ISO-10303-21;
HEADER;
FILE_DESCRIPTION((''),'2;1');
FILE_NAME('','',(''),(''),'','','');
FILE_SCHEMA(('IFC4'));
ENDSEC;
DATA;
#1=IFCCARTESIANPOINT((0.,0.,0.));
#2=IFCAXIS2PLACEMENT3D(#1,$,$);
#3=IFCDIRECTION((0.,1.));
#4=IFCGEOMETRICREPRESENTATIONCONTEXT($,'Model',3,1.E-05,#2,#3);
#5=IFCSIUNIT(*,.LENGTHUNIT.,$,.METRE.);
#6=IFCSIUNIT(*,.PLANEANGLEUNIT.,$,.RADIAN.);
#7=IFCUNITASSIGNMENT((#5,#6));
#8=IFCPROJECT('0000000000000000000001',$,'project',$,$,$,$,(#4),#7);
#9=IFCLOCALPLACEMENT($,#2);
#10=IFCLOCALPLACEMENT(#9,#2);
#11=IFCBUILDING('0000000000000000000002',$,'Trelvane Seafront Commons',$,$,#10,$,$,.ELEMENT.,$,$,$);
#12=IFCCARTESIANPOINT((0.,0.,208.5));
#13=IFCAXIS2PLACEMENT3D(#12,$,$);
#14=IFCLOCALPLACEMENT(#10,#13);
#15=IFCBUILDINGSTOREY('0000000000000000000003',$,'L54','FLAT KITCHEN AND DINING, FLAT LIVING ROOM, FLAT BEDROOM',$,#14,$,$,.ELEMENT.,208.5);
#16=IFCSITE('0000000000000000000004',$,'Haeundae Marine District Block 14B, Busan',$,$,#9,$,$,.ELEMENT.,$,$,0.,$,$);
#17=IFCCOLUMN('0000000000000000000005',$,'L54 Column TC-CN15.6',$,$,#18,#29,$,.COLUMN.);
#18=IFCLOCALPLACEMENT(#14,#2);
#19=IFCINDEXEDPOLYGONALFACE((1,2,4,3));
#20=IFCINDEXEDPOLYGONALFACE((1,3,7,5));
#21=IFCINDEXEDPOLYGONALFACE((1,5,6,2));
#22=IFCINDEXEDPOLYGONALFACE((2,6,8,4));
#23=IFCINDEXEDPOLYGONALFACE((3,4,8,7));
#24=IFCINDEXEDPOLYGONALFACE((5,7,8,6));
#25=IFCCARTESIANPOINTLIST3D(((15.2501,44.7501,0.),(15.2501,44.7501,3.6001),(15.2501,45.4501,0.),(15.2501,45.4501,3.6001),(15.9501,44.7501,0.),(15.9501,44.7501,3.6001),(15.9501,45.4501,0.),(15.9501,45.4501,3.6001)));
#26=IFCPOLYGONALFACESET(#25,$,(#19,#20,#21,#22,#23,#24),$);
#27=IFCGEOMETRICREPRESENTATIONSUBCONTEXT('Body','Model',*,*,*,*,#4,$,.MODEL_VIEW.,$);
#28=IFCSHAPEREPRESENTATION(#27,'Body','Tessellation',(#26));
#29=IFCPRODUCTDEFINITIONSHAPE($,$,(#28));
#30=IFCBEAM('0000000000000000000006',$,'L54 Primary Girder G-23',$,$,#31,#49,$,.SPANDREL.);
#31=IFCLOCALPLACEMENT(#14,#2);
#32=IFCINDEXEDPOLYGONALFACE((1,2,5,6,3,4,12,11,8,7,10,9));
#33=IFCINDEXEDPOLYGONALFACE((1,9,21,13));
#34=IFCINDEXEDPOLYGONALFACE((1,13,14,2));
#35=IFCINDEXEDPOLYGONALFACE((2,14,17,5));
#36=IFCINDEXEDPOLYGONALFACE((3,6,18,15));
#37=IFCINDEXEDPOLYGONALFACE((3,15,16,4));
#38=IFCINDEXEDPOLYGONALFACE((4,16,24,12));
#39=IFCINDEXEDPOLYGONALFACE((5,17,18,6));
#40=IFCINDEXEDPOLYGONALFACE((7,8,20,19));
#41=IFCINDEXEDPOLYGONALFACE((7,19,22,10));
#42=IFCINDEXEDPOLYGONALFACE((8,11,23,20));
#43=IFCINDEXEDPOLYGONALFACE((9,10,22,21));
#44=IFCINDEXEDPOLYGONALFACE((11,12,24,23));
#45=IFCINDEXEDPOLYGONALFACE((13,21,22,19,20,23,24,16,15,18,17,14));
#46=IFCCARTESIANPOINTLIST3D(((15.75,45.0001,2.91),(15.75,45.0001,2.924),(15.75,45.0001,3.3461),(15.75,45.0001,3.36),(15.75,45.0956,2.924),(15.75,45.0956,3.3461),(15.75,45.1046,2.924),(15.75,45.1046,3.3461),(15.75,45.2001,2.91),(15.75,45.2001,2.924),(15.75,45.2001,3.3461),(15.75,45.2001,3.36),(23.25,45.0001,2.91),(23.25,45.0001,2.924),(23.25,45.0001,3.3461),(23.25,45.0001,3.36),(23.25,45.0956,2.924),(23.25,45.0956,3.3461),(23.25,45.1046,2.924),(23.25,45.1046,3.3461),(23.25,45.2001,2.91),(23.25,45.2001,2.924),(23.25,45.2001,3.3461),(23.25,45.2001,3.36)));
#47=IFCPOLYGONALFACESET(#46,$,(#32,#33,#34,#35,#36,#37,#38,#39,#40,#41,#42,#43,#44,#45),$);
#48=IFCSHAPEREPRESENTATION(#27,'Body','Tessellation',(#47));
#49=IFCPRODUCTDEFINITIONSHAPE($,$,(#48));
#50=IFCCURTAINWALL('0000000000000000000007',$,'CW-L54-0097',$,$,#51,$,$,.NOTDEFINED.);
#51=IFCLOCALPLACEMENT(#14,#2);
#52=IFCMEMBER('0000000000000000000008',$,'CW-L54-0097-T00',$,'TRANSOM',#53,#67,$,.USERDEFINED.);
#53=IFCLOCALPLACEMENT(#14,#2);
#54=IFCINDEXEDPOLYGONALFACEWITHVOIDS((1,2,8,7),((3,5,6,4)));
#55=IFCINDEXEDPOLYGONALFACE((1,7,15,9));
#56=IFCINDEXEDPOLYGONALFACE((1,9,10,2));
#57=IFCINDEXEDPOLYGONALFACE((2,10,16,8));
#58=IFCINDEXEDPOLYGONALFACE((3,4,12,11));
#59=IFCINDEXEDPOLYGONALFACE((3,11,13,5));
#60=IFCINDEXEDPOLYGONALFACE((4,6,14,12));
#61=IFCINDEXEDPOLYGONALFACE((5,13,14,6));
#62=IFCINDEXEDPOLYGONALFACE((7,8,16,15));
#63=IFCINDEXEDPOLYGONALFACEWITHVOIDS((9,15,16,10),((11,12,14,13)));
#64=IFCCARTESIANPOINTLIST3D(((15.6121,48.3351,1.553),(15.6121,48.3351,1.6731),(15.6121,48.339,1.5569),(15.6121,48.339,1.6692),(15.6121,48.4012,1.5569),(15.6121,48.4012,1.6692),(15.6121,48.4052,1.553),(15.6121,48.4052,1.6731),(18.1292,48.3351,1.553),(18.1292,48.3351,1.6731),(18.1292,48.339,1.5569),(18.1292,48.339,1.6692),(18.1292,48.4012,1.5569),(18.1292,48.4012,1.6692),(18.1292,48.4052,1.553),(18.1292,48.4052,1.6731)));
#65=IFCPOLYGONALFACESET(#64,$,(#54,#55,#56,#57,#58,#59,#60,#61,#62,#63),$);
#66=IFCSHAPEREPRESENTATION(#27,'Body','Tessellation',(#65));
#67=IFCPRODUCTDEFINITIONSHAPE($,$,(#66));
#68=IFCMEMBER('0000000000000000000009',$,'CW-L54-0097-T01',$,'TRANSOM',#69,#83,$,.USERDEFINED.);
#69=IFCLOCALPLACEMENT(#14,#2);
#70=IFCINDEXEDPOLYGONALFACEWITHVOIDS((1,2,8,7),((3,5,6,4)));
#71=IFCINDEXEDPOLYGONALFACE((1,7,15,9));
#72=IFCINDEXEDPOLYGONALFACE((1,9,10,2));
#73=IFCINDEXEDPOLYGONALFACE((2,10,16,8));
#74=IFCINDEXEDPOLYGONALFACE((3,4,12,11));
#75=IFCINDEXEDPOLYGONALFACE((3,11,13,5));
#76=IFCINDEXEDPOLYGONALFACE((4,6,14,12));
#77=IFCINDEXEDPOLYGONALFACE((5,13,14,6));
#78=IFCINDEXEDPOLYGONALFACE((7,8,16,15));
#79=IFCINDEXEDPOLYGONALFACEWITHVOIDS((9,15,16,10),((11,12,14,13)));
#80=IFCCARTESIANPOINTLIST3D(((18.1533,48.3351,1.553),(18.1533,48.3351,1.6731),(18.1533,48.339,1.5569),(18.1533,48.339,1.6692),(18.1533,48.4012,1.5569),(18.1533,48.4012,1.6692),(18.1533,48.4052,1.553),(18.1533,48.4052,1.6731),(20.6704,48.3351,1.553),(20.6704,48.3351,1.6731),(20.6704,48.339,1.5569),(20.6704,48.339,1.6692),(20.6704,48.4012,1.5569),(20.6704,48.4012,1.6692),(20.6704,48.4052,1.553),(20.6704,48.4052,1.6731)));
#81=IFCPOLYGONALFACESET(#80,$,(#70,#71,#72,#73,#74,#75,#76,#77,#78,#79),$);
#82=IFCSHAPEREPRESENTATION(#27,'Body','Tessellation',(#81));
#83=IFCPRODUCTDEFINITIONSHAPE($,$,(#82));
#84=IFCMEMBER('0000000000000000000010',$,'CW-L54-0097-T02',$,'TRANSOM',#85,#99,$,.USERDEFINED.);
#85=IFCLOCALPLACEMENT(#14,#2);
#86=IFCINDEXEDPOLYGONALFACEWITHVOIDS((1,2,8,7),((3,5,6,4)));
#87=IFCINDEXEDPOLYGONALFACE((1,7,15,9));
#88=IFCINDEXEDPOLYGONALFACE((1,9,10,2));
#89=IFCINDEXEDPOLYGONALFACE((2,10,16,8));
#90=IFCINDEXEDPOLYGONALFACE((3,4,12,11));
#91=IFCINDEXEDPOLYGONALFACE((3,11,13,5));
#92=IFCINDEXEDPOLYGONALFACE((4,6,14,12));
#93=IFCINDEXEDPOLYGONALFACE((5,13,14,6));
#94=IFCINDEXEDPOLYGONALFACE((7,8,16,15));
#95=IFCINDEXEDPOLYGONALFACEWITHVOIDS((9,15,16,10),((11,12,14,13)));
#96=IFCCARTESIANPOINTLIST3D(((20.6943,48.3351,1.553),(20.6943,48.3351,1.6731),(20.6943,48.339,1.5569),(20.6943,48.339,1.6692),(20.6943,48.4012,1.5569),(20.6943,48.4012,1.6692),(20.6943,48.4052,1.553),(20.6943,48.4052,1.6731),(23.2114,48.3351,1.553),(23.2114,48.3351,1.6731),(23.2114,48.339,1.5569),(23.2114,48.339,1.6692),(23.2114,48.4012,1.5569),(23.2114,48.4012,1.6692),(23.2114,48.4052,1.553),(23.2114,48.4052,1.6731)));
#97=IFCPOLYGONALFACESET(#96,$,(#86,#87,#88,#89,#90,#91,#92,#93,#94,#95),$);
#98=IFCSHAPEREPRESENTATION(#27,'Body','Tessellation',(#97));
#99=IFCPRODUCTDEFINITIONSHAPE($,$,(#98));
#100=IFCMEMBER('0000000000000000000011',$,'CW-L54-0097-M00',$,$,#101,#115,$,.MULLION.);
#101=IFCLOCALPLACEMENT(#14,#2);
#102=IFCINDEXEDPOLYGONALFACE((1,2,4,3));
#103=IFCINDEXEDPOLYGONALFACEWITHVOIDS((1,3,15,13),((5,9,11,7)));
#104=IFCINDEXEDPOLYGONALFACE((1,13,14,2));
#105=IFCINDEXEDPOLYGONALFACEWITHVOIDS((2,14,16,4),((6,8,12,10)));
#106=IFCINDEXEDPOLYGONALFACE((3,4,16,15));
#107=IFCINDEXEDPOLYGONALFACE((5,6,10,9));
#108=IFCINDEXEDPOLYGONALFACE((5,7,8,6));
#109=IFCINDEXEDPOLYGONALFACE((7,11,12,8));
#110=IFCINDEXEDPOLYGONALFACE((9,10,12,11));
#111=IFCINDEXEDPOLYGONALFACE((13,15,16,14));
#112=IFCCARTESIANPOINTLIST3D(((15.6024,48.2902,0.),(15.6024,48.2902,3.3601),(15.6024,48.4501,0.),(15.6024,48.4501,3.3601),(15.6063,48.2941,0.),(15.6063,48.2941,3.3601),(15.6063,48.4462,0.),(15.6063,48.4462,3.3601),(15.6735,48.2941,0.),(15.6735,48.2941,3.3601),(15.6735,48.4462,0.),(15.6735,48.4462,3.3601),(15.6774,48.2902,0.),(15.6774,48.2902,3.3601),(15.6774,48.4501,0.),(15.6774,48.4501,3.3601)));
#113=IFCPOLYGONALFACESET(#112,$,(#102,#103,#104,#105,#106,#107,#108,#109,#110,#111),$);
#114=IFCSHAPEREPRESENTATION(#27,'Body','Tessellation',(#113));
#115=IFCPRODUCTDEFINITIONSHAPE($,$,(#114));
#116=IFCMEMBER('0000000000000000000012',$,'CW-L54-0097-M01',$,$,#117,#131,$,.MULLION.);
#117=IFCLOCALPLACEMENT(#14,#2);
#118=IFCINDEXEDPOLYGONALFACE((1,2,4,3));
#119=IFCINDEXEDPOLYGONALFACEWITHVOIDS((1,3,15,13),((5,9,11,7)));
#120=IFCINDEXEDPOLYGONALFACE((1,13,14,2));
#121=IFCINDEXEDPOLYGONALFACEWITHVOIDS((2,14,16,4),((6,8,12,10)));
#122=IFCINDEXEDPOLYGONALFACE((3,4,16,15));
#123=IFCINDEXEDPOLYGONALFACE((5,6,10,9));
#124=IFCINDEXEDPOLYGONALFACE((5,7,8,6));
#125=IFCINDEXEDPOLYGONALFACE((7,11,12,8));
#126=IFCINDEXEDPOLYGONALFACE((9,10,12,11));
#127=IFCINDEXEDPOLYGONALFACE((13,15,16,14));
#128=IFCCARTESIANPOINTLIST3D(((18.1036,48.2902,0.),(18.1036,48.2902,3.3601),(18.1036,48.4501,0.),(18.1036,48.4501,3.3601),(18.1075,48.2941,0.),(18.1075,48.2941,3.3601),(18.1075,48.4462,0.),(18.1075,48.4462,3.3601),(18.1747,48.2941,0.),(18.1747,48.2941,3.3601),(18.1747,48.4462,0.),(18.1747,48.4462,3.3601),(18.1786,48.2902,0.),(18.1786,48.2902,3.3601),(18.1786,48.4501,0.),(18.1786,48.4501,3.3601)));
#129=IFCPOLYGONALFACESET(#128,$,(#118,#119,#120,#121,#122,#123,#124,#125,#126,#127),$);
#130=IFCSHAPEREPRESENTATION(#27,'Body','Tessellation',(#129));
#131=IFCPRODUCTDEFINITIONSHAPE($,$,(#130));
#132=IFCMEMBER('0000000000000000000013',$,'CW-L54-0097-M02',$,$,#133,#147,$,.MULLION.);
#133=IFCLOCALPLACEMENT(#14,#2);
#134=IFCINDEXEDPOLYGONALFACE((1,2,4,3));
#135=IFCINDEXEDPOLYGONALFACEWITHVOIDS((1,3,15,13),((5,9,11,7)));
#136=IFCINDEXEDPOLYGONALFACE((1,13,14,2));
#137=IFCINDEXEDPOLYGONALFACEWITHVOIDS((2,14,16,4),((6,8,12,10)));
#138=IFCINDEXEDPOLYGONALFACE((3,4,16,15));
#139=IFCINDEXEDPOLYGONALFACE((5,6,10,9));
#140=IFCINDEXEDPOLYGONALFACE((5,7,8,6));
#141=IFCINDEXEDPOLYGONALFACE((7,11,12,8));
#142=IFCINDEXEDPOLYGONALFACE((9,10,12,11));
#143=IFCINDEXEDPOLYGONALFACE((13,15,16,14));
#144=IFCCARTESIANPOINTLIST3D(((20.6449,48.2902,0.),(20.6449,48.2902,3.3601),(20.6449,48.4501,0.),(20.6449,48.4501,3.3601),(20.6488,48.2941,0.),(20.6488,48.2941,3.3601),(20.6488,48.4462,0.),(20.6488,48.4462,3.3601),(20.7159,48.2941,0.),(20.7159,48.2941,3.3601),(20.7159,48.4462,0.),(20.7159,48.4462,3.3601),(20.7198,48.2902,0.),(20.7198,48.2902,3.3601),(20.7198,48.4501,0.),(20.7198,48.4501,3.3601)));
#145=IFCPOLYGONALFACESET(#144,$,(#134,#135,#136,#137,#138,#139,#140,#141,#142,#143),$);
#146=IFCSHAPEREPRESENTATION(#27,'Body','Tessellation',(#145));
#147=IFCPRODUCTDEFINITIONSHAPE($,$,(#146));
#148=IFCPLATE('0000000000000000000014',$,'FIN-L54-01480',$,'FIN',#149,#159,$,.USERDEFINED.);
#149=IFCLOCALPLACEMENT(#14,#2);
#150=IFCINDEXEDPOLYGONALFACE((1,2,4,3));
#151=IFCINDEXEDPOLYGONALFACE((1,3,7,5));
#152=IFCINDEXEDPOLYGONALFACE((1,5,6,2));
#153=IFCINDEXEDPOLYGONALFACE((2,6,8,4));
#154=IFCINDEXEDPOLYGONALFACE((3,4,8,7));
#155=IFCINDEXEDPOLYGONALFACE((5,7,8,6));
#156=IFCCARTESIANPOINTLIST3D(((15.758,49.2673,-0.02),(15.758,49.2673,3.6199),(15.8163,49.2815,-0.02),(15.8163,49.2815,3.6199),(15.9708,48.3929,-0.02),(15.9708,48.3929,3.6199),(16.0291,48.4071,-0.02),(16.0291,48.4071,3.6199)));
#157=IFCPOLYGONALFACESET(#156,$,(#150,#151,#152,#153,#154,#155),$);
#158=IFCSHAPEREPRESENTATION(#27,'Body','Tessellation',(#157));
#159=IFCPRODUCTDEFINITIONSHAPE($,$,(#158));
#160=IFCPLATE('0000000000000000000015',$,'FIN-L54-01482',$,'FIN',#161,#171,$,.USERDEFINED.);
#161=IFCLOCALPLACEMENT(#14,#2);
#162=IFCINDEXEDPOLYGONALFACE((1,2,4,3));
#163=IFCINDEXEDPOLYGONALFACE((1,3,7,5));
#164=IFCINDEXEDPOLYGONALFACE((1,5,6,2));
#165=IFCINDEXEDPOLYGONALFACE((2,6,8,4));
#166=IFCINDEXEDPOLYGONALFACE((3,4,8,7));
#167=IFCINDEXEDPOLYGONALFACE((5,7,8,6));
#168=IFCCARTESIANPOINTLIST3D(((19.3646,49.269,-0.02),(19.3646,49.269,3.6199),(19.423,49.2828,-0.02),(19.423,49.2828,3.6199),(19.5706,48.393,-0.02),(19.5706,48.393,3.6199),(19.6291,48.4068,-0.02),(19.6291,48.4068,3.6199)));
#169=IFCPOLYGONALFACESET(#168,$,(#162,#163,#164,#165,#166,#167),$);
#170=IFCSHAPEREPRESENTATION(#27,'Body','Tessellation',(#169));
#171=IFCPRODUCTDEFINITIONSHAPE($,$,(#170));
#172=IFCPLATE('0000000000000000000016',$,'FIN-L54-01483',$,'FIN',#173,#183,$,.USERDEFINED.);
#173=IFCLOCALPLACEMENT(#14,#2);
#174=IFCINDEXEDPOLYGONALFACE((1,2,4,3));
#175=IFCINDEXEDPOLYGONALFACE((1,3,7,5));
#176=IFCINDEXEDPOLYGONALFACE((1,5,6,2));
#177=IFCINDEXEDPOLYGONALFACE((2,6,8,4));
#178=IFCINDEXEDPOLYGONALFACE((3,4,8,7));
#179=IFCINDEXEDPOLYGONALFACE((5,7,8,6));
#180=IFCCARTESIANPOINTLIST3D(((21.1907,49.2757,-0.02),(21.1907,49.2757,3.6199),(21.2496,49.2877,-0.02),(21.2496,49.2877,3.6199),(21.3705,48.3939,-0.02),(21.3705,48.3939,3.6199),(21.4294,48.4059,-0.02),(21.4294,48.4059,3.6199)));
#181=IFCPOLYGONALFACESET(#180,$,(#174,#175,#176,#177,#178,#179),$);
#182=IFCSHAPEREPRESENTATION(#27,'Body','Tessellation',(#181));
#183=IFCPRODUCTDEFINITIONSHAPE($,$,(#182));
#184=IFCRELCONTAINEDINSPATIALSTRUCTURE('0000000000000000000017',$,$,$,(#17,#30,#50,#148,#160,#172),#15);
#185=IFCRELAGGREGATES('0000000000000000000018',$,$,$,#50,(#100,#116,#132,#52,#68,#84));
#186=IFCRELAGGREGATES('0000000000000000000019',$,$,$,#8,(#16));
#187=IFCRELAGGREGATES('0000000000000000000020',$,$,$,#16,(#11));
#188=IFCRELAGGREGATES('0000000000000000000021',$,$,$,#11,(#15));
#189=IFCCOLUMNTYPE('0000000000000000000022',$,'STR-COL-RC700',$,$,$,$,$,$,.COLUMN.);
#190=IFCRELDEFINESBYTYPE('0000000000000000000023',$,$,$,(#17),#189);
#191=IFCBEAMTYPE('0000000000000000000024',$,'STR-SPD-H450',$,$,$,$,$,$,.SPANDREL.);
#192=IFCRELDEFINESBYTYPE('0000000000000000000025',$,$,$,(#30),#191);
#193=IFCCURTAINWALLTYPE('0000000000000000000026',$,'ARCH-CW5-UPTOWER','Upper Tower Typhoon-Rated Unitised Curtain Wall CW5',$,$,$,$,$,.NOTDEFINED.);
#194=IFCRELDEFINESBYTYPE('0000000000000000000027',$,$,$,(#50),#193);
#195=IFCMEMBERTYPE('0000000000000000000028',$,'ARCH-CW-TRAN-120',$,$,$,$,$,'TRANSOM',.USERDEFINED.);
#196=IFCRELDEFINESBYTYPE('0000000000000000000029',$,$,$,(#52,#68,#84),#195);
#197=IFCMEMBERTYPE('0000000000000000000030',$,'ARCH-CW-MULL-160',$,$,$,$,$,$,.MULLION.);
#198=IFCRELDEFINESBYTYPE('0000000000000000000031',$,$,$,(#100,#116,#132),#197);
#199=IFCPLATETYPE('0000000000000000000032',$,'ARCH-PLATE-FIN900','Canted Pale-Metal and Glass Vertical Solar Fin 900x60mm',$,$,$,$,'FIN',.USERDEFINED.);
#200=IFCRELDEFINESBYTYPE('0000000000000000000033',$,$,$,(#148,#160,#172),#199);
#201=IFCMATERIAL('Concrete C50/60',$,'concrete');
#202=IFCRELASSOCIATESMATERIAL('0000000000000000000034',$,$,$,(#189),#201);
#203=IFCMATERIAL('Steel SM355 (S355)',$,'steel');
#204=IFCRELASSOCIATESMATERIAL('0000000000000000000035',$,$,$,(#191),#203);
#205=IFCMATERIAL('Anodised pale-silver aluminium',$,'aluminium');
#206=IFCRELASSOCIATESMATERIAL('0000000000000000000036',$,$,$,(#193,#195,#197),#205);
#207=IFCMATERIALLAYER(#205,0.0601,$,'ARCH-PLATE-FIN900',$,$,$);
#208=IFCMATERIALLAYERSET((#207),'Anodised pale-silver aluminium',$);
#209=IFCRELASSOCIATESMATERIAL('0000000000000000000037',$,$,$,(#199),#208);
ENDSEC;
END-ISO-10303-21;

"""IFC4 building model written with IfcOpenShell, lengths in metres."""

from ifc_helpers import new_model, si_unit, direction, frame, origin, origin_2d, place, context, subcontext, project, spatial, rectangle, hollow_rectangle, i_section, extrude, source, transform, mapped, material, layer, layer_set, material_profile, profile_set, type_object, element, aggregate, save


model = new_model("IFC4")

# Units and contexts
model_context = context("Model", 3, precision=1e-05, world=origin(), true_north=direction((0.0, 1.0)))
body_context = subcontext(model_context, "Body", "Model", "MODEL_VIEW")
ifc_project = project(units=[si_unit("LENGTHUNIT", "METRE"), si_unit("PLANEANGLEUNIT", "RADIAN")], contexts=[model_context])

# Site, building, storey
site_placement = place(None, origin())
site = spatial("IfcSite", under=ifc_project, at=site_placement, Name="Haeundae Marine District Block 14B, Busan", CompositionType="ELEMENT", RefElevation=0.0)
building_placement = place(site_placement, origin())
building = spatial("IfcBuilding", under=site, at=building_placement, Name="Trelvane Seafront Commons", CompositionType="ELEMENT")
storey_placement = place(building_placement, frame((0.0, 0.0, 208.5)))
storey = spatial("IfcBuildingStorey", under=building, at=storey_placement, Name="L54", Description="FLAT KITCHEN AND DINING, FLAT LIVING ROOM, FLAT BEDROOM", CompositionType="ELEMENT", Elevation=208.5)

# Column
ifc_material_1 = material(Name="Concrete C50/60", Category="concrete")
ifc_material_profile_1 = material_profile(ifc_material_1, rectangle(XDim=0.7, YDim=0.7, at=origin_2d()), Name="RC-700x700")
ifc_profile_set_1 = profile_set([ifc_material_profile_1], Name="Concrete C50/60")
column_type = type_object("IfcColumnType", Name="STR-COL-RC700", PredefinedType="COLUMN", material=ifc_profile_set_1)
shared_shape_1 = source(origin(), body_context, "Body", "SweptSolid", [
    extrude(rectangle(XDim=0.7, YDim=0.7, at=origin_2d()), origin(), (0.0, 0.0, 1.0), 3.6001),
])
column_placement = place(storey_placement, frame((15.6001, 45.1001, 0.0), z_axis=(0.0, 0.0, 1.0), x_axis=(1.0, 0.0, 0.0)))
element("IfcColumn", 1, at=column_placement, inside=storey, type_object=column_type, Name="L54 Column TC-CN15.6", PredefinedType="COLUMN", context=body_context, shape_type="MappedRepresentation", body=[
    mapped(shared_shape_1, transform((0.0, 0.0, 0.0), x_axis=(1.0, 0.0, 0.0), y_axis=(0.0, 1.0, 0.0), z_axis=(0.0, 0.0, 1.0), scale=1.0)),
])

# Beam
ifc_material_2 = material(Name="Steel SM355 (S355)", Category="steel")
ifc_material_profile_2 = material_profile(ifc_material_2, i_section(OverallWidth=0.2, OverallDepth=0.45, WebThickness=0.009, FlangeThickness=0.0139, at=origin_2d()), Name="H-450x200x9x14")
ifc_profile_set_2 = profile_set([ifc_material_profile_2], Name="Steel SM355 (S355)")
beam_type = type_object("IfcBeamType", Name="STR-SPD-H450", PredefinedType="SPANDREL", material=ifc_profile_set_2)
shared_shape_2 = source(origin(), body_context, "Body", "SweptSolid", [
    extrude(i_section(OverallWidth=0.2, OverallDepth=0.45, WebThickness=0.009, FlangeThickness=0.0139, at=origin_2d()), origin(), (0.0, 0.0, 1.0), 7.5),
])
beam_placement = place(storey_placement, frame((15.75, 45.1001, 3.135), z_axis=(1.0, 0.0, 0.0), x_axis=(0.0, 1.0, 0.0)))
element("IfcBeam", 2, at=beam_placement, inside=storey, type_object=beam_type, Name="L54 Primary Girder G-23", PredefinedType="SPANDREL", context=body_context, shape_type="MappedRepresentation", body=[
    mapped(shared_shape_2, transform((0.0, 0.0, 0.0), x_axis=(1.0, 0.0, 0.0), y_axis=(0.0, 1.0, 0.0), z_axis=(0.0, 0.0, 1.0), scale=1.0)),
])

# Curtain wall, members
ifc_material_3 = material(Name="Anodised pale-silver aluminium", Category="aluminium")
curtain_wall_type = type_object("IfcCurtainWallType", Name="ARCH-CW5-UPTOWER", Description="Upper Tower Typhoon-Rated Unitised Curtain Wall CW5", PredefinedType="NOTDEFINED", material=ifc_material_3)
curtain_wall_placement = place(storey_placement, origin())
curtain_wall = element("IfcCurtainWall", 3, at=curtain_wall_placement, inside=storey, type_object=curtain_wall_type, Name="CW-L54-0097", PredefinedType="NOTDEFINED")
ifc_material_profile_3 = material_profile(ifc_material_3, hollow_rectangle(XDim=0.0701, YDim=0.1201, WallThickness=0.0039, at=origin_2d()), Name="TRAN-70x120x4")
ifc_profile_set_3 = profile_set([ifc_material_profile_3], Name="Anodised pale-silver aluminium")
member_type_1 = type_object("IfcMemberType", Name="ARCH-CW-TRAN-120", ElementType="TRANSOM", PredefinedType="USERDEFINED", material=ifc_profile_set_3)
shared_shape_3 = source(origin(), body_context, "Body", "SweptSolid", [
    extrude(hollow_rectangle(XDim=0.0701, YDim=0.1201, WallThickness=0.0039, at=origin_2d()), origin(), (0.0, 0.0, 1.0), 2.5171),
])
member_1_placement = place(storey_placement, frame((15.6121, 48.3701, 1.613), z_axis=(1.0, 0.0, 0.0), x_axis=(0.0, 1.0, 0.0)))
member_1 = element("IfcMember", 4, at=member_1_placement, type_object=member_type_1, Name="CW-L54-0097-T00", ObjectType="TRANSOM", PredefinedType="USERDEFINED", context=body_context, shape_type="MappedRepresentation", body=[
    mapped(shared_shape_3, transform((0.0, 0.0, 0.0), x_axis=(1.0, 0.0, 0.0), y_axis=(0.0, 1.0, 0.0), z_axis=(0.0, 0.0, 1.0), scale=1.0)),
])
member_2_placement = place(storey_placement, frame((18.1533, 48.3701, 1.613), z_axis=(1.0, 0.0, 0.0), x_axis=(0.0, 1.0, 0.0)))
member_2 = element("IfcMember", 5, at=member_2_placement, type_object=member_type_1, Name="CW-L54-0097-T01", ObjectType="TRANSOM", PredefinedType="USERDEFINED", context=body_context, shape_type="MappedRepresentation", body=[
    mapped(shared_shape_3, transform((0.0, 0.0, 0.0), x_axis=(1.0, 0.0, 0.0), y_axis=(0.0, 1.0, 0.0), z_axis=(0.0, 0.0, 1.0), scale=1.0)),
])
member_3_placement = place(storey_placement, frame((20.6943, 48.3701, 1.613), z_axis=(1.0, 0.0, 0.0), x_axis=(0.0, 1.0, 0.0)))
member_3 = element("IfcMember", 6, at=member_3_placement, type_object=member_type_1, Name="CW-L54-0097-T02", ObjectType="TRANSOM", PredefinedType="USERDEFINED", context=body_context, shape_type="MappedRepresentation", body=[
    mapped(shared_shape_3, transform((0.0, 0.0, 0.0), x_axis=(1.0, 0.0, 0.0), y_axis=(0.0, 1.0, 0.0), z_axis=(0.0, 0.0, 1.0), scale=1.0)),
])
ifc_material_profile_4 = material_profile(ifc_material_3, hollow_rectangle(XDim=0.075, YDim=0.1599, WallThickness=0.0039, at=origin_2d()), Name="MULL-75x160x4")
ifc_profile_set_4 = profile_set([ifc_material_profile_4], Name="Anodised pale-silver aluminium")
member_type_2 = type_object("IfcMemberType", Name="ARCH-CW-MULL-160", PredefinedType="MULLION", material=ifc_profile_set_4)
shared_shape_4 = source(origin(), body_context, "Body", "SweptSolid", [
    extrude(hollow_rectangle(XDim=0.075, YDim=0.1599, WallThickness=0.0039, at=origin_2d()), origin(), (0.0, 0.0, 1.0), 3.3601),
])
member_4_placement = place(storey_placement, frame((15.6399, 48.3701, 0.0), z_axis=(0.0, 0.0, 1.0), x_axis=(1.0, 0.0, 0.0)))
member_4 = element("IfcMember", 7, at=member_4_placement, type_object=member_type_2, Name="CW-L54-0097-M00", PredefinedType="MULLION", context=body_context, shape_type="MappedRepresentation", body=[
    mapped(shared_shape_4, transform((0.0, 0.0, 0.0), x_axis=(1.0, 0.0, 0.0), y_axis=(0.0, 1.0, 0.0), z_axis=(0.0, 0.0, 1.0), scale=1.0)),
])
member_5_placement = place(storey_placement, frame((18.1411, 48.3701, 0.0), z_axis=(0.0, 0.0, 1.0), x_axis=(1.0, 0.0, 0.0)))
member_5 = element("IfcMember", 8, at=member_5_placement, type_object=member_type_2, Name="CW-L54-0097-M01", PredefinedType="MULLION", context=body_context, shape_type="MappedRepresentation", body=[
    mapped(shared_shape_4, transform((0.0, 0.0, 0.0), x_axis=(1.0, 0.0, 0.0), y_axis=(0.0, 1.0, 0.0), z_axis=(0.0, 0.0, 1.0), scale=1.0)),
])
member_6_placement = place(storey_placement, frame((20.6824, 48.3701, 0.0), z_axis=(0.0, 0.0, 1.0), x_axis=(1.0, 0.0, 0.0)))
member_6 = element("IfcMember", 9, at=member_6_placement, type_object=member_type_2, Name="CW-L54-0097-M02", PredefinedType="MULLION", context=body_context, shape_type="MappedRepresentation", body=[
    mapped(shared_shape_4, transform((0.0, 0.0, 0.0), x_axis=(1.0, 0.0, 0.0), y_axis=(0.0, 1.0, 0.0), z_axis=(0.0, 0.0, 1.0), scale=1.0)),
])

# Plates
ifc_layer_1 = layer(ifc_material_3, 0.0601, Name="ARCH-PLATE-FIN900")
ifc_layer_set_1 = layer_set([ifc_layer_1], Name="Anodised pale-silver aluminium")
plate_type_1 = type_object("IfcPlateType", Name="ARCH-PLATE-FIN900", Description="Canted Pale-Metal and Glass Vertical Solar Fin 900x60mm", ElementType="FIN", PredefinedType="USERDEFINED", material=ifc_layer_set_1)
shared_shape_5 = source(origin(), body_context, "Body", "SweptSolid", [
    extrude(rectangle(XDim=0.8999, YDim=0.0601, at=origin_2d()), origin(), (0.0, 0.0, 1.0), 3.6399),
])
for number, where, z_axis, x_axis, name in (
    (10, (15.8936, 48.8372, -0.02), (0.0, 0.0, 1.0), (-0.23644, 0.971646, 0.0), "FIN-L54-01480"),
    (11, (19.4968, 48.8379, -0.02), (0.0, 0.0, 1.0), (-0.228997, 0.973427, 0.0), "FIN-L54-01482"),
    (12, (21.3101, 48.8408, -0.02), (0.0, 0.0, 1.0), (-0.199768, 0.979843, 0.0), "FIN-L54-01483"),
):
    element("IfcPlate", number, at=place(storey_placement, frame(where, z_axis=z_axis, x_axis=x_axis)), inside=storey, type_object=plate_type_1, Name=name, ObjectType="FIN", PredefinedType="USERDEFINED", context=body_context, shape_type="MappedRepresentation", body=[
        mapped(shared_shape_5, transform((0.0, 0.0, 0.0), x_axis=(1.0, 0.0, 0.0), y_axis=(0.0, 1.0, 0.0), z_axis=(0.0, 0.0, 1.0), scale=1.0)),
    ])

aggregate(curtain_wall, [member_4, member_5, member_6, member_1, member_2, member_3])

save(model, "model.ifc")
